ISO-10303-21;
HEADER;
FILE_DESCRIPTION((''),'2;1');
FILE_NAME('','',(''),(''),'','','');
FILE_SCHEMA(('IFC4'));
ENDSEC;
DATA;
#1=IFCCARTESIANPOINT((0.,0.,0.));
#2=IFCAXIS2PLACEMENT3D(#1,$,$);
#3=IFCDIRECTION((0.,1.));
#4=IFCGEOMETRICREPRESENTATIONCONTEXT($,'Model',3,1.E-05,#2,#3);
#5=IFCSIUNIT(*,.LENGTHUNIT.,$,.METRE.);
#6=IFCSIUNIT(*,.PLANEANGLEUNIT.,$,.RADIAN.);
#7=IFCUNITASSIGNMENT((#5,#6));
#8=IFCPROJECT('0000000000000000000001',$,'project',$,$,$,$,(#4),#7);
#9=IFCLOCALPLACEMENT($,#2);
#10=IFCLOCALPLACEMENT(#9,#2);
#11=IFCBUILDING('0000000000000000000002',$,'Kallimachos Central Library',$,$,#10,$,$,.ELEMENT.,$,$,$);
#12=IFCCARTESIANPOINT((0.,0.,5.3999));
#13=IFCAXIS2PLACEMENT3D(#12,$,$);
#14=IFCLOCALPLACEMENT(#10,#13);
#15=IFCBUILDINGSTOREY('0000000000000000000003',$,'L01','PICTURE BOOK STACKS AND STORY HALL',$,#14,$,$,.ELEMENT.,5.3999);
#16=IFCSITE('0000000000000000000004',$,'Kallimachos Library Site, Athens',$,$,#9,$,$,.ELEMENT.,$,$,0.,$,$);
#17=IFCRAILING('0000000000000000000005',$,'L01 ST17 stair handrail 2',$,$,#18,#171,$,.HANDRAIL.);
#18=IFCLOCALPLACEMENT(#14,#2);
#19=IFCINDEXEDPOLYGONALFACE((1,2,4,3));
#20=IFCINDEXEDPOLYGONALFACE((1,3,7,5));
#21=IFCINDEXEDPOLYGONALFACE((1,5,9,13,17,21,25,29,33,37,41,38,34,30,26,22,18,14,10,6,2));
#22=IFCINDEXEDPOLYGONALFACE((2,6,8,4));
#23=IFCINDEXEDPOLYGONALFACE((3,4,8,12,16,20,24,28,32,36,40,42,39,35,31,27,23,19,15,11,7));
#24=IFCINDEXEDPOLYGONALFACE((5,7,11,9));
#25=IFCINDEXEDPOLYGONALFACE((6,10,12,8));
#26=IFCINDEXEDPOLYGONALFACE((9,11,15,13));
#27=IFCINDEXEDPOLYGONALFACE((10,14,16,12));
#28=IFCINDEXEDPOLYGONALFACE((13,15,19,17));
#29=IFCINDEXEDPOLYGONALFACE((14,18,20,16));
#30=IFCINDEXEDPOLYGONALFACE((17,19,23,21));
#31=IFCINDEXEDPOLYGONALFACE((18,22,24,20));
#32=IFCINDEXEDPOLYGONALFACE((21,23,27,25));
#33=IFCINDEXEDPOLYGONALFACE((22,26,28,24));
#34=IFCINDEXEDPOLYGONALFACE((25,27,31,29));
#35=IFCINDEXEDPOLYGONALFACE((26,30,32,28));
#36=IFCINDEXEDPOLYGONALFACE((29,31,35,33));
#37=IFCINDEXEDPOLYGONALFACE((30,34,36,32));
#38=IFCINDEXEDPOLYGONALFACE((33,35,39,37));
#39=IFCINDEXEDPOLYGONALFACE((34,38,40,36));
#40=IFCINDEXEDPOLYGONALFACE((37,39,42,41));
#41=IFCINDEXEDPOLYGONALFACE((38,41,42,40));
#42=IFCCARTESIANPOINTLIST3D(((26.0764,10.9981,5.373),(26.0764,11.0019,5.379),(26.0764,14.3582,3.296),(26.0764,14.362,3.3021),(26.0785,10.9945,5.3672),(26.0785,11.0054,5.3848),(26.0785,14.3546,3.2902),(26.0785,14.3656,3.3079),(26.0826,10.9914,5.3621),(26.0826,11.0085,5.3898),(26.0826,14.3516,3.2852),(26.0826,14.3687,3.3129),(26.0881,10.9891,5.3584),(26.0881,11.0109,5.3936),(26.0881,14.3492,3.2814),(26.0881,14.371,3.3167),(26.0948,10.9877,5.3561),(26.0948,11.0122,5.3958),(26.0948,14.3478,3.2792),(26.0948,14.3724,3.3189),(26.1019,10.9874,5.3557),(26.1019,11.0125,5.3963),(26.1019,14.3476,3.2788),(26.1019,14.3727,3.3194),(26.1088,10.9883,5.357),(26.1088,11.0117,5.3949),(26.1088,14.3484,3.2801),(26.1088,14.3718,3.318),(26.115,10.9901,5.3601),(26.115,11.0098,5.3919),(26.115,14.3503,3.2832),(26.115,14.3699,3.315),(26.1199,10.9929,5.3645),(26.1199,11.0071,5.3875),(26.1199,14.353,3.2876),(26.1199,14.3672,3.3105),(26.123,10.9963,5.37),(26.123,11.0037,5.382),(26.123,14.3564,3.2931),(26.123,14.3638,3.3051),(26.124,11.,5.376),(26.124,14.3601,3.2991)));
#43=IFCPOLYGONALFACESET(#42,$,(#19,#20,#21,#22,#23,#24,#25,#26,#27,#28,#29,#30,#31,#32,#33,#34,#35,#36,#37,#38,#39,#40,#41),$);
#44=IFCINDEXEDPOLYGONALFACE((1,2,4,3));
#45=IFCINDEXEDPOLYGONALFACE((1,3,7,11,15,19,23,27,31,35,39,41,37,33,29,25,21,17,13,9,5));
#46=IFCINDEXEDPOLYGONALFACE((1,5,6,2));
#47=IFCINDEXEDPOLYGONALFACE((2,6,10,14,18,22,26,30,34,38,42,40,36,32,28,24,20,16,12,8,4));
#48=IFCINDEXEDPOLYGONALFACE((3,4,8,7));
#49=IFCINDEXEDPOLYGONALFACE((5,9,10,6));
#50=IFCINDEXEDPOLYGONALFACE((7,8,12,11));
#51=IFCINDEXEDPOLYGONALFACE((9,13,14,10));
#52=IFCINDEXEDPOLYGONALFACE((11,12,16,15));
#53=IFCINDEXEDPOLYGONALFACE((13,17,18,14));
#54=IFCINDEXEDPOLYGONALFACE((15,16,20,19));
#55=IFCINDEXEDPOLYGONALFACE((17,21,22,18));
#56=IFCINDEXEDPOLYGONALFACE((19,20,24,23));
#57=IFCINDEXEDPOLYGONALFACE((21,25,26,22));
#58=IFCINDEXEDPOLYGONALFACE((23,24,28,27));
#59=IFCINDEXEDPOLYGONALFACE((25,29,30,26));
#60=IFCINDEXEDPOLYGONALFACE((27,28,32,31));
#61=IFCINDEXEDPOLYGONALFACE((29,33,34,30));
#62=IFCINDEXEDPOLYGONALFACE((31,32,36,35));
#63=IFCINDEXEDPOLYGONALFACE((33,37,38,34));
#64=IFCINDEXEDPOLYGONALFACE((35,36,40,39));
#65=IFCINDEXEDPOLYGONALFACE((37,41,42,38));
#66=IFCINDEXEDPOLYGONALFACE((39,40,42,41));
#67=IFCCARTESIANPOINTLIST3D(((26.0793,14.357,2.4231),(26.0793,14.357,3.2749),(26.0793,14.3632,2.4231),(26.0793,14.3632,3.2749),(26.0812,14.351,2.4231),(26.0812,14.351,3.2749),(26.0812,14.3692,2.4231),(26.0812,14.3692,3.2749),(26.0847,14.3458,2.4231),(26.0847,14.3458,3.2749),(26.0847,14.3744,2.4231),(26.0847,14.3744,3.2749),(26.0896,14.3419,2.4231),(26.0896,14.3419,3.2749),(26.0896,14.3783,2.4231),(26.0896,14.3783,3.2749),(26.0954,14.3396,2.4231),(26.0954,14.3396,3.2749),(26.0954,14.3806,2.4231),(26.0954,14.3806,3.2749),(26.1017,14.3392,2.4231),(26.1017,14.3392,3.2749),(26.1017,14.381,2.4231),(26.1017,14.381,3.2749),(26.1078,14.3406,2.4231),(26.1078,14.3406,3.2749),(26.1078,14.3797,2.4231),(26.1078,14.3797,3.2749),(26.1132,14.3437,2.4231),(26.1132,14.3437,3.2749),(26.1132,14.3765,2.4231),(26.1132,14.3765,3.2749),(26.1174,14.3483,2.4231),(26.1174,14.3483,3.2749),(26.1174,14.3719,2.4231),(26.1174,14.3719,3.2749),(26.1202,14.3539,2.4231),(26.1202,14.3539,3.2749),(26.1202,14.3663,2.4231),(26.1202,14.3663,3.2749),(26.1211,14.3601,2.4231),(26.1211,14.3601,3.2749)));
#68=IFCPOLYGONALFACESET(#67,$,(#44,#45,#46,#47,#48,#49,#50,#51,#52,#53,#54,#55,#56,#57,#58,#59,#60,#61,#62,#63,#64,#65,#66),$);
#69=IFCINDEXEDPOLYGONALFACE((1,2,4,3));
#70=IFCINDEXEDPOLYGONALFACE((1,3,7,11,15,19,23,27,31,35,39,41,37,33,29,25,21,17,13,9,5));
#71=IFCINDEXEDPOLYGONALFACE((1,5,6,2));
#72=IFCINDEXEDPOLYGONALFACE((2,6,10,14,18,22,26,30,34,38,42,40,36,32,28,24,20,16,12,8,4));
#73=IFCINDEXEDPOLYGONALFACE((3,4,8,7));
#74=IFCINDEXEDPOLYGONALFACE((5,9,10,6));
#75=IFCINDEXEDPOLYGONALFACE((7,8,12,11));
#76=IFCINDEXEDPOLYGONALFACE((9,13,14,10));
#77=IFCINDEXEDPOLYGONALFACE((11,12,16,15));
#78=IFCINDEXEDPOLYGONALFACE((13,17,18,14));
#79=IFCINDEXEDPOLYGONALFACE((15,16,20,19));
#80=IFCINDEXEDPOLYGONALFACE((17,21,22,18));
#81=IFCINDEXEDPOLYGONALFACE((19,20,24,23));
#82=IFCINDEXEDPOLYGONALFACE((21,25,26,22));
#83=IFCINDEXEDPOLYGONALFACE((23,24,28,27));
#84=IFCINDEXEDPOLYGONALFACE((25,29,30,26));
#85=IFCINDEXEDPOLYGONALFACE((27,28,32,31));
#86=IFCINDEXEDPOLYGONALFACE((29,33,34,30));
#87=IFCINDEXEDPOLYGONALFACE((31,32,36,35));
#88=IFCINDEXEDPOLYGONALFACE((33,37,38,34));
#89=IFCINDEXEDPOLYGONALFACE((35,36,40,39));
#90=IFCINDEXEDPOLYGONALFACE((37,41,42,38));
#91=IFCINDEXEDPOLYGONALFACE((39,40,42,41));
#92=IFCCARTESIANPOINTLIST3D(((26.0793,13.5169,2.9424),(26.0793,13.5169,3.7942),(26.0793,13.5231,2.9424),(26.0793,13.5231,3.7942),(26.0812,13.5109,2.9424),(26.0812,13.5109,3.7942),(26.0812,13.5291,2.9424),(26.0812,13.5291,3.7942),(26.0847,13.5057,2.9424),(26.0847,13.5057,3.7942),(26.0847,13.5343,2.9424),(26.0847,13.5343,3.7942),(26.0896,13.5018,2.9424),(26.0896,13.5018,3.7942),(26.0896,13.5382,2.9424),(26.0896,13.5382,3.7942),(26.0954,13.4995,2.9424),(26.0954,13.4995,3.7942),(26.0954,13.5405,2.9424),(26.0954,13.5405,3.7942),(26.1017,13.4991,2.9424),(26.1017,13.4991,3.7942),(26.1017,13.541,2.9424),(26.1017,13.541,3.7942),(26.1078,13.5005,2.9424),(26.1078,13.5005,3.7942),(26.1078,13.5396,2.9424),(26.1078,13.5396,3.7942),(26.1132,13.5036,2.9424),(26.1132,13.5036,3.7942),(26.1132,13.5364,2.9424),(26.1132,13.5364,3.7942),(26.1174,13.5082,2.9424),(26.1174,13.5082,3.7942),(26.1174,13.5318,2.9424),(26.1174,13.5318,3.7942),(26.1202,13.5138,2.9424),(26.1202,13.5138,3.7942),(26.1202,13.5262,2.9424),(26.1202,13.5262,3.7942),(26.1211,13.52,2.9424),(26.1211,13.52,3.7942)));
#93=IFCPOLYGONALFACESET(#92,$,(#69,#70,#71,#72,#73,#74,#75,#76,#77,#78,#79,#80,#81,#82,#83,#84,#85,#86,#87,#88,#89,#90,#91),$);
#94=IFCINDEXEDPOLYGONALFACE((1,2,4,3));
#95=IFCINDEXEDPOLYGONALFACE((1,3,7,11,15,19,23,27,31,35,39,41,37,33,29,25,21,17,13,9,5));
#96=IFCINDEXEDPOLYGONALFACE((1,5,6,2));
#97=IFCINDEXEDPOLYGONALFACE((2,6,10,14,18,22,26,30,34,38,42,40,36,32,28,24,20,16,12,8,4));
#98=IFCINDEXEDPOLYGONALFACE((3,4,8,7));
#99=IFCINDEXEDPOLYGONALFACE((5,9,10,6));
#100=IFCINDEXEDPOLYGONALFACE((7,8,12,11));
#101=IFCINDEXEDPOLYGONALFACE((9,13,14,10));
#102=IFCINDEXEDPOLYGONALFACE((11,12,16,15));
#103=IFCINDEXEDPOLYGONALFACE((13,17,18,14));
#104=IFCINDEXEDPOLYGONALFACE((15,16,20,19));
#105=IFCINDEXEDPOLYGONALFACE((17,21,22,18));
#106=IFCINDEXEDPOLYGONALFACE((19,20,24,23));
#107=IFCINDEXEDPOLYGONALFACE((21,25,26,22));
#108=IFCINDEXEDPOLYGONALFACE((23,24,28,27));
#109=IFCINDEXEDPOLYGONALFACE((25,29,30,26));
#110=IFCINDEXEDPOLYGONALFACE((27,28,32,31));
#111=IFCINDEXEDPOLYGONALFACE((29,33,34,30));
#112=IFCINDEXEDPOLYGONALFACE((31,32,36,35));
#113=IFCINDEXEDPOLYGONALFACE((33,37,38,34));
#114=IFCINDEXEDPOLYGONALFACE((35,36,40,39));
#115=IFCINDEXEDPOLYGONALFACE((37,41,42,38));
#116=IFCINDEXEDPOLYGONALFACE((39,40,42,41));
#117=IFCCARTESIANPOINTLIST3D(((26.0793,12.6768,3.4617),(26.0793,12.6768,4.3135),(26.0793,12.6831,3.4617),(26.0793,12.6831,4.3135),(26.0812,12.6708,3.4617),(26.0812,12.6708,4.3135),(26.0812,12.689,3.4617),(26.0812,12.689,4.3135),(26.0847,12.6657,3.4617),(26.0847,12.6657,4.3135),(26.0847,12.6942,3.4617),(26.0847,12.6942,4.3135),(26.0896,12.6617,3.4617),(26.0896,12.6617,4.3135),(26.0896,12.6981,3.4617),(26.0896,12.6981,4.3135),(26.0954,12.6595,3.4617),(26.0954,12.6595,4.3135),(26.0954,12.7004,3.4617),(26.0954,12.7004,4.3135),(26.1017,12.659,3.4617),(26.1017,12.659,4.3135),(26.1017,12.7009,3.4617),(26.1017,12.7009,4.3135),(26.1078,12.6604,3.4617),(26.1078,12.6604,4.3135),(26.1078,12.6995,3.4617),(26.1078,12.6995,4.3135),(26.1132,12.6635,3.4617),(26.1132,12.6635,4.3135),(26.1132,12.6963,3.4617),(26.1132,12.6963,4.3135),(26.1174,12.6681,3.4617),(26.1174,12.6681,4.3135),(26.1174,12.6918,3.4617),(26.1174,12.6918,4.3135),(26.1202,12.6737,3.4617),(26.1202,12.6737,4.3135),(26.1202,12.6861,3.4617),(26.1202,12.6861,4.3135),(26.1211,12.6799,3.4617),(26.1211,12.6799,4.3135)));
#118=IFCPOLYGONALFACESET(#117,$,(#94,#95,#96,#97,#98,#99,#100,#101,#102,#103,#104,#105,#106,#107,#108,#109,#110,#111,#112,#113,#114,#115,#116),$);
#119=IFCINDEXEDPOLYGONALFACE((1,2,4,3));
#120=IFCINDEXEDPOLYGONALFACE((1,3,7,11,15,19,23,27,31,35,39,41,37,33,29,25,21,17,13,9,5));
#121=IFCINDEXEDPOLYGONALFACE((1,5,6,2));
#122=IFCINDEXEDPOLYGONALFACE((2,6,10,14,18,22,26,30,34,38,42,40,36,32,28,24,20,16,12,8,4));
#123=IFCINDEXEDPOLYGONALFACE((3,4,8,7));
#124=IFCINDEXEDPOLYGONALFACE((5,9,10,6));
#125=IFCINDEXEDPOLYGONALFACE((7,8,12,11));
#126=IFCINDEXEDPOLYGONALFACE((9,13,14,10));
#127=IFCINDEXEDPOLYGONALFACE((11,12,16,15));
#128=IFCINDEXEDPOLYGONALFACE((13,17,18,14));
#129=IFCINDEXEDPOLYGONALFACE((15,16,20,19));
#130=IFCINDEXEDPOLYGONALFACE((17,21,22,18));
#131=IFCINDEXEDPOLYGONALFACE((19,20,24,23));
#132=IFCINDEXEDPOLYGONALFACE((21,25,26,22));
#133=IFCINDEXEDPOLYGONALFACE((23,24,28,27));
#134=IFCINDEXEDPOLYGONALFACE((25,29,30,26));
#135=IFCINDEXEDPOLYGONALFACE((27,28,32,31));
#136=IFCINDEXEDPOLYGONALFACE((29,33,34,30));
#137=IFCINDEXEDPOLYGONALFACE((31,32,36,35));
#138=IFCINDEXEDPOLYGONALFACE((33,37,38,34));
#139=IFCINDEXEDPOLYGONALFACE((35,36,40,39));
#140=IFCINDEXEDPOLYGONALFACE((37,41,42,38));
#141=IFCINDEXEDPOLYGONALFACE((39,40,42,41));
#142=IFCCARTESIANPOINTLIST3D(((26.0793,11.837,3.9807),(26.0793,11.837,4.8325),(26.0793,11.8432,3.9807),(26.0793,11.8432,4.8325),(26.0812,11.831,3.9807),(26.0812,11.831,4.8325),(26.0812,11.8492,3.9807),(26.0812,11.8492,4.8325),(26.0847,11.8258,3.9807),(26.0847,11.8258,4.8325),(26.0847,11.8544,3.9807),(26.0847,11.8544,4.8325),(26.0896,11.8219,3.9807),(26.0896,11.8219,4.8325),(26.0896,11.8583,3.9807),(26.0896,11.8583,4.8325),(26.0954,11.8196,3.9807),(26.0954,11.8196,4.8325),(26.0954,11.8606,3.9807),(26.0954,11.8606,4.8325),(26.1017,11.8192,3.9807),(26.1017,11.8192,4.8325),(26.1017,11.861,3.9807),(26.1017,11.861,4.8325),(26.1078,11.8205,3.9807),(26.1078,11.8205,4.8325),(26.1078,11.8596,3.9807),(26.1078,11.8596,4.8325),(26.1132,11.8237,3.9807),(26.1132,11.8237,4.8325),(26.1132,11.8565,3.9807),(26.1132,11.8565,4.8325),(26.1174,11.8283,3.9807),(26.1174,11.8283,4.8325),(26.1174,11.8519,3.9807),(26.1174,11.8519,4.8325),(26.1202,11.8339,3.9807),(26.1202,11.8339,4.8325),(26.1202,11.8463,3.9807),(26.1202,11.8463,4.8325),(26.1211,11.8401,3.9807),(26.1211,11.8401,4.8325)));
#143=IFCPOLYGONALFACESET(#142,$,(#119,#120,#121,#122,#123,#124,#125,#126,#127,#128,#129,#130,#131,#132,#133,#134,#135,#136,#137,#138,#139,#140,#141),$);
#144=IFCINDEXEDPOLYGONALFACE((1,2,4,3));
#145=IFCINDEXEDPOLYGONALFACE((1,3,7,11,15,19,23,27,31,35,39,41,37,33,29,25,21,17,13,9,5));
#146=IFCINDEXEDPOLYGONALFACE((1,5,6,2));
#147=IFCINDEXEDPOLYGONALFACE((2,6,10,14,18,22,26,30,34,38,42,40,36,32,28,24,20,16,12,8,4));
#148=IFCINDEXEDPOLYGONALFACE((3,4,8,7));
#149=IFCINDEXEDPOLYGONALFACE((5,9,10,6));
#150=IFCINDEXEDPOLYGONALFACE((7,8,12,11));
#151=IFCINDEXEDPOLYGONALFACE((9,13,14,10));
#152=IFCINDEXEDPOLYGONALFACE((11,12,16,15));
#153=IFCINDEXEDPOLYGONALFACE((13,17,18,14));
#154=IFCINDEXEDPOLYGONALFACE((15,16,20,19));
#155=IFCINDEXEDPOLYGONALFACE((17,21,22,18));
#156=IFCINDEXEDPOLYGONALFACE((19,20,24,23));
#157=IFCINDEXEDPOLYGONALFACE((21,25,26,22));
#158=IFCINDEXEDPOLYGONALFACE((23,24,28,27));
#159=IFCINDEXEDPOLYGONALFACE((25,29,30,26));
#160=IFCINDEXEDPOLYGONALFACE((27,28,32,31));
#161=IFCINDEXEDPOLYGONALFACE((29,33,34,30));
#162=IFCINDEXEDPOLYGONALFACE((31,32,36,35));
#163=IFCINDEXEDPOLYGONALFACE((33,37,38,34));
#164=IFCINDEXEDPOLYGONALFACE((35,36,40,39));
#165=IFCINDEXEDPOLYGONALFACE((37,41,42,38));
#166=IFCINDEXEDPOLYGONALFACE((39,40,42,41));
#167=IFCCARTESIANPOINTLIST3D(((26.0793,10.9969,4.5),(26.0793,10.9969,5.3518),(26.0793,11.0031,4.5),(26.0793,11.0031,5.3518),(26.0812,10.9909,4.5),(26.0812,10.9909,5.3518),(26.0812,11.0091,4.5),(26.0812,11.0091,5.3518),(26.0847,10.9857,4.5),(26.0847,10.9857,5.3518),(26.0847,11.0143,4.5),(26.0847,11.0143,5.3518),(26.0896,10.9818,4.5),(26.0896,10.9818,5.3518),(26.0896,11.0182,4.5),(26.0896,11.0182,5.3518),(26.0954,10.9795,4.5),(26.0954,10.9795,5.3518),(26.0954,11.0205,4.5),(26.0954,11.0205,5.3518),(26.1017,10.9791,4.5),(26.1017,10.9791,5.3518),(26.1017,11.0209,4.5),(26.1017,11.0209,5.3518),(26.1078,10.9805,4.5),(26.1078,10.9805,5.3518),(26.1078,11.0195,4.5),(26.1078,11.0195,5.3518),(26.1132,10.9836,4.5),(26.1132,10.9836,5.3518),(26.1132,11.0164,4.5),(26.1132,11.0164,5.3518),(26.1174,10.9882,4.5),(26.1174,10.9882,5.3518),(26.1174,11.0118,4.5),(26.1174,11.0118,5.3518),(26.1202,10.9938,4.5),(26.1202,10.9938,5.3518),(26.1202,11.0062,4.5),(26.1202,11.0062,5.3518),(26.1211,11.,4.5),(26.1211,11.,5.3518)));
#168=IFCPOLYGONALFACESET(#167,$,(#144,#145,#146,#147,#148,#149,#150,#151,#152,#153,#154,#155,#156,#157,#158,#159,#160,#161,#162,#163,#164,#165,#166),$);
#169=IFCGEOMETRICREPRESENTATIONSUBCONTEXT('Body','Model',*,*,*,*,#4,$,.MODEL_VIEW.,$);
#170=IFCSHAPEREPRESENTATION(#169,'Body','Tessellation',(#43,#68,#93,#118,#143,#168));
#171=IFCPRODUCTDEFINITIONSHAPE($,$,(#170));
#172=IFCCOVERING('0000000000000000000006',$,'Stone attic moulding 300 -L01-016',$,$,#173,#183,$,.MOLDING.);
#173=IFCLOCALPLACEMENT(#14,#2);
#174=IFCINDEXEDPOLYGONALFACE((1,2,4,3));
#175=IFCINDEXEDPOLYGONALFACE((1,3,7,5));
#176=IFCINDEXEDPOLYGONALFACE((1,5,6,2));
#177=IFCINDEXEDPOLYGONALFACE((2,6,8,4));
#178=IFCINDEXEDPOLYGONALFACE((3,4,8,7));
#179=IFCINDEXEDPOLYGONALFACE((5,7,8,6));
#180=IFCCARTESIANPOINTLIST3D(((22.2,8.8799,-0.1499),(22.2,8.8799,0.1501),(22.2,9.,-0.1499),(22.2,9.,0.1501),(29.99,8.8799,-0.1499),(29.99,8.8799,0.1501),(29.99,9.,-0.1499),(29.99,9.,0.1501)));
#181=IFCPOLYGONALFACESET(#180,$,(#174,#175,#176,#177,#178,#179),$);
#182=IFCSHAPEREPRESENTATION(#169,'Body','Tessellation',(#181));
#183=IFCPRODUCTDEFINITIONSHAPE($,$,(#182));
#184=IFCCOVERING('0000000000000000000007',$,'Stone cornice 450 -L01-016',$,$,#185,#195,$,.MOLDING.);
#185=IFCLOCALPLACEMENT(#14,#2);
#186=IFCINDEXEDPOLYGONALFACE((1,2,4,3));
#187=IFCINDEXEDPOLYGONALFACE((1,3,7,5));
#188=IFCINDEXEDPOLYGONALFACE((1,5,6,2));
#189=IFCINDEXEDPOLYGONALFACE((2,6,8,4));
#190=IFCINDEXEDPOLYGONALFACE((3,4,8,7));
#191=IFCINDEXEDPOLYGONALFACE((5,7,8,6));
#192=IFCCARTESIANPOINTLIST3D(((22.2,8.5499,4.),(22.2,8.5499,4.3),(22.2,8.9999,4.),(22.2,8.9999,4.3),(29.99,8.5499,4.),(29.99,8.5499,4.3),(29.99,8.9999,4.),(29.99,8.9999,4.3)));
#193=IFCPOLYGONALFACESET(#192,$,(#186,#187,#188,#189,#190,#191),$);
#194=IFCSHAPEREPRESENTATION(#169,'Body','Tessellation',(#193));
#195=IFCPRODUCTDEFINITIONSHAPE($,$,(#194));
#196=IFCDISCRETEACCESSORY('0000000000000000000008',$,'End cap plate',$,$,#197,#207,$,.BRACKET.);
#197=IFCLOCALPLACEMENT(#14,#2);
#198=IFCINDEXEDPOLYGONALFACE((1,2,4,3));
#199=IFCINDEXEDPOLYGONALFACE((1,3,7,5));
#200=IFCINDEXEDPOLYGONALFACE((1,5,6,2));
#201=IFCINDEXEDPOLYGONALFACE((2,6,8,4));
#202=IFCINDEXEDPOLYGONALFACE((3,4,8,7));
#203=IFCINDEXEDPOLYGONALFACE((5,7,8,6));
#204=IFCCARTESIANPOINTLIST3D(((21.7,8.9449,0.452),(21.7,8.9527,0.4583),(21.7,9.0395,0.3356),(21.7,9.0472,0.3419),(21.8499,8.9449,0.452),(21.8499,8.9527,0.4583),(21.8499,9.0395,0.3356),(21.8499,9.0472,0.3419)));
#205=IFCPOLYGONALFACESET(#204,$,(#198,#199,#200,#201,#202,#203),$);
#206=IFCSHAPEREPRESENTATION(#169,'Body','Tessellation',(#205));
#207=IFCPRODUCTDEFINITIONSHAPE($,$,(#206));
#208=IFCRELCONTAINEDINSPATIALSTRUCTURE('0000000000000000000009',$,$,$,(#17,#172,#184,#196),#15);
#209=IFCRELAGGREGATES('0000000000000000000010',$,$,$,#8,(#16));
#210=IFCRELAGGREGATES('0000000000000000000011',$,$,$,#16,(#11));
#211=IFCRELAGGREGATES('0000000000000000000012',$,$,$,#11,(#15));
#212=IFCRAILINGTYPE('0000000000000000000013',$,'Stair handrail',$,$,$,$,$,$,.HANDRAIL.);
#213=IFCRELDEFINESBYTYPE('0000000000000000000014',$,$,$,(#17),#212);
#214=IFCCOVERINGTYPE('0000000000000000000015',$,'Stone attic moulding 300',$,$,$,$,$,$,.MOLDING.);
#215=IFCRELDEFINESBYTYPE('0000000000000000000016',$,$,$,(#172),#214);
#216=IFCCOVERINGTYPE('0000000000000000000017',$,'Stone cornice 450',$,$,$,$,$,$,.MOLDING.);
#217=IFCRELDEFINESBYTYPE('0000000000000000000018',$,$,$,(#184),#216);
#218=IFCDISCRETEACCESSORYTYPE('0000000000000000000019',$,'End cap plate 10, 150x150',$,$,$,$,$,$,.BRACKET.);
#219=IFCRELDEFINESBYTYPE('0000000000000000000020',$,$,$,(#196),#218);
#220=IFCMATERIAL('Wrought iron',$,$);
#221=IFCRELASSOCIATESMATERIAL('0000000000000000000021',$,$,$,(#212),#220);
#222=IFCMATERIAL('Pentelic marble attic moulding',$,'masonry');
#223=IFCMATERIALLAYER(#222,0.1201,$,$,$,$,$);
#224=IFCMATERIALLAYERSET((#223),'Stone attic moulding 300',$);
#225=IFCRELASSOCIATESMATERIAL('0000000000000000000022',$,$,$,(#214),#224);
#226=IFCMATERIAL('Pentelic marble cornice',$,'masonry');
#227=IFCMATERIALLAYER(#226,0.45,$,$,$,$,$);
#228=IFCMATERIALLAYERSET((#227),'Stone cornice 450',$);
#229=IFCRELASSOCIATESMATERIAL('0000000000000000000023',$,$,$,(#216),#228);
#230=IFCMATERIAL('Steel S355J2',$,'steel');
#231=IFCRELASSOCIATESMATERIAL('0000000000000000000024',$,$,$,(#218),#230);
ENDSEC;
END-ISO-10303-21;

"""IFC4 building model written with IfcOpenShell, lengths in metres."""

from ifc_helpers import new_model, si_unit, direction, frame, origin, origin_2d, place, context, subcontext, project, spatial, rectangle, circle, extrude, material, layer, layer_set, material_profile, profile_set, type_object, element, save


model = new_model("IFC4")

# Units and contexts
model_context = context("Model", 3, precision=1e-05, world=origin(), true_north=direction((0.0, 1.0)))
body_context = subcontext(model_context, "Body", "Model", "MODEL_VIEW")
ifc_project = project(units=[si_unit("LENGTHUNIT", "METRE"), si_unit("PLANEANGLEUNIT", "RADIAN")], contexts=[model_context])

# Site, building, storey
site_placement = place(None, origin())
site = spatial("IfcSite", under=ifc_project, at=site_placement, Name="Kallimachos Library Site, Athens", CompositionType="ELEMENT", RefElevation=0.0)
building_placement = place(site_placement, origin())
building = spatial("IfcBuilding", under=site, at=building_placement, Name="Kallimachos Central Library", CompositionType="ELEMENT")
storey_placement = place(building_placement, frame((0.0, 0.0, 5.3999)))
storey = spatial("IfcBuildingStorey", under=building, at=storey_placement, Name="L01", Description="PICTURE BOOK STACKS AND STORY HALL", CompositionType="ELEMENT", Elevation=5.3999)

# Railing
ifc_material_1 = material(Name="Wrought iron")
railing_type_1 = type_object("IfcRailingType", Name="Stair handrail", PredefinedType="HANDRAIL", material=ifc_material_1)
railing_1_placement = place(storey_placement, frame((26.1001, 14.3601, 2.4231)))
element("IfcRailing", 1, at=railing_1_placement, inside=storey, type_object=railing_type_1, Name="L01 ST17 stair handrail 2", PredefinedType="HANDRAIL", context=body_context, shape_type="SweptSolid", body=[
    extrude(circle(Radius=0.0239, at=origin_2d()), frame((0.0, 0.0, 0.876), z_axis=(0.0, -0.850623, 0.525776), x_axis=(1.0, 0.0, 0.0)), (0.0, 0.0, 1.0), 3.9502),
    extrude(circle(Radius=0.021, at=origin_2d()), origin(), (0.0, 0.0, 1.0), 0.8518),
    extrude(circle(Radius=0.021, at=origin_2d()), frame((0.0, -0.8401, 0.5193)), (0.0, 0.0, 1.0), 0.8518),
    extrude(circle(Radius=0.021, at=origin_2d()), frame((0.0, -1.6802, 1.0386)), (0.0, 0.0, 1.0), 0.8518),
    extrude(circle(Radius=0.021, at=origin_2d()), frame((0.0, -2.52, 1.5576)), (0.0, 0.0, 1.0), 0.8518),
    extrude(circle(Radius=0.021, at=origin_2d()), frame((0.0, -3.3601, 2.0769)), (0.0, 0.0, 1.0), 0.8518),
])

# Coverings
ifc_material_2 = material(Name="Pentelic marble attic moulding", Category="masonry")
ifc_layer_1 = layer(ifc_material_2, 0.1201)
ifc_layer_set_1 = layer_set([ifc_layer_1], Name="Stone attic moulding 300")
covering_type_1 = type_object("IfcCoveringType", Name="Stone attic moulding 300", PredefinedType="MOLDING", material=ifc_layer_set_1)
covering_1_placement = place(storey_placement, frame((26.095, 8.9399, -0.1499), z_axis=(0.0, 0.0, 1.0), x_axis=(1.0, 0.0, 0.0)))
element("IfcCovering", 2, at=covering_1_placement, inside=storey, type_object=covering_type_1, Name="Stone attic moulding 300 -L01-016", PredefinedType="MOLDING", context=body_context, shape_type="SweptSolid", body=[
    extrude(rectangle(XDim=7.79, YDim=0.1201, at=origin_2d()), origin(), (0.0, 0.0, 1.0), 0.3),
])
ifc_material_3 = material(Name="Pentelic marble cornice", Category="masonry")
ifc_layer_2 = layer(ifc_material_3, 0.45)
ifc_layer_set_2 = layer_set([ifc_layer_2], Name="Stone cornice 450")
covering_type_2 = type_object("IfcCoveringType", Name="Stone cornice 450", PredefinedType="MOLDING", material=ifc_layer_set_2)
covering_2_placement = place(storey_placement, frame((26.095, 8.7749, 4.0), z_axis=(0.0, 0.0, 1.0), x_axis=(1.0, 0.0, 0.0)))
element("IfcCovering", 3, at=covering_2_placement, inside=storey, type_object=covering_type_2, Name="Stone cornice 450 -L01-016", PredefinedType="MOLDING", context=body_context, shape_type="SweptSolid", body=[
    extrude(rectangle(XDim=7.79, YDim=0.45, at=origin_2d()), origin(), (0.0, 0.0, 1.0), 0.3),
])

# Discrete accessory
ifc_material_4 = material(Name="Steel S355J2", Category="steel")
ifc_material_profile_1 = material_profile(ifc_material_4, rectangle(XDim=0.1499, YDim=0.1499, at=origin_2d()), Name="End cap plate 10, 150x150")
ifc_profile_set_1 = profile_set([ifc_material_profile_1], Name="Steel S355J2")
discrete_accessory_type = type_object("IfcDiscreteAccessoryType", Name="End cap plate 10, 150x150", PredefinedType="BRACKET", material=ifc_profile_set_1)
discrete_accessory_placement = place(storey_placement, frame((21.7749, 8.9922, 0.3938), z_axis=(0.0, 0.776114, 0.630593), x_axis=(-1.0, 0.0, 0.0)))
element("IfcDiscreteAccessory", 4, at=discrete_accessory_placement, inside=storey, type_object=discrete_accessory_type, Name="End cap plate", PredefinedType="BRACKET", context=body_context, shape_type="SweptSolid", body=[
    extrude(rectangle(XDim=0.1499, YDim=0.1499, at=origin_2d()), origin(), (0.0, 0.0, 1.0), 0.01),
])

save(model, "model.ifc")
